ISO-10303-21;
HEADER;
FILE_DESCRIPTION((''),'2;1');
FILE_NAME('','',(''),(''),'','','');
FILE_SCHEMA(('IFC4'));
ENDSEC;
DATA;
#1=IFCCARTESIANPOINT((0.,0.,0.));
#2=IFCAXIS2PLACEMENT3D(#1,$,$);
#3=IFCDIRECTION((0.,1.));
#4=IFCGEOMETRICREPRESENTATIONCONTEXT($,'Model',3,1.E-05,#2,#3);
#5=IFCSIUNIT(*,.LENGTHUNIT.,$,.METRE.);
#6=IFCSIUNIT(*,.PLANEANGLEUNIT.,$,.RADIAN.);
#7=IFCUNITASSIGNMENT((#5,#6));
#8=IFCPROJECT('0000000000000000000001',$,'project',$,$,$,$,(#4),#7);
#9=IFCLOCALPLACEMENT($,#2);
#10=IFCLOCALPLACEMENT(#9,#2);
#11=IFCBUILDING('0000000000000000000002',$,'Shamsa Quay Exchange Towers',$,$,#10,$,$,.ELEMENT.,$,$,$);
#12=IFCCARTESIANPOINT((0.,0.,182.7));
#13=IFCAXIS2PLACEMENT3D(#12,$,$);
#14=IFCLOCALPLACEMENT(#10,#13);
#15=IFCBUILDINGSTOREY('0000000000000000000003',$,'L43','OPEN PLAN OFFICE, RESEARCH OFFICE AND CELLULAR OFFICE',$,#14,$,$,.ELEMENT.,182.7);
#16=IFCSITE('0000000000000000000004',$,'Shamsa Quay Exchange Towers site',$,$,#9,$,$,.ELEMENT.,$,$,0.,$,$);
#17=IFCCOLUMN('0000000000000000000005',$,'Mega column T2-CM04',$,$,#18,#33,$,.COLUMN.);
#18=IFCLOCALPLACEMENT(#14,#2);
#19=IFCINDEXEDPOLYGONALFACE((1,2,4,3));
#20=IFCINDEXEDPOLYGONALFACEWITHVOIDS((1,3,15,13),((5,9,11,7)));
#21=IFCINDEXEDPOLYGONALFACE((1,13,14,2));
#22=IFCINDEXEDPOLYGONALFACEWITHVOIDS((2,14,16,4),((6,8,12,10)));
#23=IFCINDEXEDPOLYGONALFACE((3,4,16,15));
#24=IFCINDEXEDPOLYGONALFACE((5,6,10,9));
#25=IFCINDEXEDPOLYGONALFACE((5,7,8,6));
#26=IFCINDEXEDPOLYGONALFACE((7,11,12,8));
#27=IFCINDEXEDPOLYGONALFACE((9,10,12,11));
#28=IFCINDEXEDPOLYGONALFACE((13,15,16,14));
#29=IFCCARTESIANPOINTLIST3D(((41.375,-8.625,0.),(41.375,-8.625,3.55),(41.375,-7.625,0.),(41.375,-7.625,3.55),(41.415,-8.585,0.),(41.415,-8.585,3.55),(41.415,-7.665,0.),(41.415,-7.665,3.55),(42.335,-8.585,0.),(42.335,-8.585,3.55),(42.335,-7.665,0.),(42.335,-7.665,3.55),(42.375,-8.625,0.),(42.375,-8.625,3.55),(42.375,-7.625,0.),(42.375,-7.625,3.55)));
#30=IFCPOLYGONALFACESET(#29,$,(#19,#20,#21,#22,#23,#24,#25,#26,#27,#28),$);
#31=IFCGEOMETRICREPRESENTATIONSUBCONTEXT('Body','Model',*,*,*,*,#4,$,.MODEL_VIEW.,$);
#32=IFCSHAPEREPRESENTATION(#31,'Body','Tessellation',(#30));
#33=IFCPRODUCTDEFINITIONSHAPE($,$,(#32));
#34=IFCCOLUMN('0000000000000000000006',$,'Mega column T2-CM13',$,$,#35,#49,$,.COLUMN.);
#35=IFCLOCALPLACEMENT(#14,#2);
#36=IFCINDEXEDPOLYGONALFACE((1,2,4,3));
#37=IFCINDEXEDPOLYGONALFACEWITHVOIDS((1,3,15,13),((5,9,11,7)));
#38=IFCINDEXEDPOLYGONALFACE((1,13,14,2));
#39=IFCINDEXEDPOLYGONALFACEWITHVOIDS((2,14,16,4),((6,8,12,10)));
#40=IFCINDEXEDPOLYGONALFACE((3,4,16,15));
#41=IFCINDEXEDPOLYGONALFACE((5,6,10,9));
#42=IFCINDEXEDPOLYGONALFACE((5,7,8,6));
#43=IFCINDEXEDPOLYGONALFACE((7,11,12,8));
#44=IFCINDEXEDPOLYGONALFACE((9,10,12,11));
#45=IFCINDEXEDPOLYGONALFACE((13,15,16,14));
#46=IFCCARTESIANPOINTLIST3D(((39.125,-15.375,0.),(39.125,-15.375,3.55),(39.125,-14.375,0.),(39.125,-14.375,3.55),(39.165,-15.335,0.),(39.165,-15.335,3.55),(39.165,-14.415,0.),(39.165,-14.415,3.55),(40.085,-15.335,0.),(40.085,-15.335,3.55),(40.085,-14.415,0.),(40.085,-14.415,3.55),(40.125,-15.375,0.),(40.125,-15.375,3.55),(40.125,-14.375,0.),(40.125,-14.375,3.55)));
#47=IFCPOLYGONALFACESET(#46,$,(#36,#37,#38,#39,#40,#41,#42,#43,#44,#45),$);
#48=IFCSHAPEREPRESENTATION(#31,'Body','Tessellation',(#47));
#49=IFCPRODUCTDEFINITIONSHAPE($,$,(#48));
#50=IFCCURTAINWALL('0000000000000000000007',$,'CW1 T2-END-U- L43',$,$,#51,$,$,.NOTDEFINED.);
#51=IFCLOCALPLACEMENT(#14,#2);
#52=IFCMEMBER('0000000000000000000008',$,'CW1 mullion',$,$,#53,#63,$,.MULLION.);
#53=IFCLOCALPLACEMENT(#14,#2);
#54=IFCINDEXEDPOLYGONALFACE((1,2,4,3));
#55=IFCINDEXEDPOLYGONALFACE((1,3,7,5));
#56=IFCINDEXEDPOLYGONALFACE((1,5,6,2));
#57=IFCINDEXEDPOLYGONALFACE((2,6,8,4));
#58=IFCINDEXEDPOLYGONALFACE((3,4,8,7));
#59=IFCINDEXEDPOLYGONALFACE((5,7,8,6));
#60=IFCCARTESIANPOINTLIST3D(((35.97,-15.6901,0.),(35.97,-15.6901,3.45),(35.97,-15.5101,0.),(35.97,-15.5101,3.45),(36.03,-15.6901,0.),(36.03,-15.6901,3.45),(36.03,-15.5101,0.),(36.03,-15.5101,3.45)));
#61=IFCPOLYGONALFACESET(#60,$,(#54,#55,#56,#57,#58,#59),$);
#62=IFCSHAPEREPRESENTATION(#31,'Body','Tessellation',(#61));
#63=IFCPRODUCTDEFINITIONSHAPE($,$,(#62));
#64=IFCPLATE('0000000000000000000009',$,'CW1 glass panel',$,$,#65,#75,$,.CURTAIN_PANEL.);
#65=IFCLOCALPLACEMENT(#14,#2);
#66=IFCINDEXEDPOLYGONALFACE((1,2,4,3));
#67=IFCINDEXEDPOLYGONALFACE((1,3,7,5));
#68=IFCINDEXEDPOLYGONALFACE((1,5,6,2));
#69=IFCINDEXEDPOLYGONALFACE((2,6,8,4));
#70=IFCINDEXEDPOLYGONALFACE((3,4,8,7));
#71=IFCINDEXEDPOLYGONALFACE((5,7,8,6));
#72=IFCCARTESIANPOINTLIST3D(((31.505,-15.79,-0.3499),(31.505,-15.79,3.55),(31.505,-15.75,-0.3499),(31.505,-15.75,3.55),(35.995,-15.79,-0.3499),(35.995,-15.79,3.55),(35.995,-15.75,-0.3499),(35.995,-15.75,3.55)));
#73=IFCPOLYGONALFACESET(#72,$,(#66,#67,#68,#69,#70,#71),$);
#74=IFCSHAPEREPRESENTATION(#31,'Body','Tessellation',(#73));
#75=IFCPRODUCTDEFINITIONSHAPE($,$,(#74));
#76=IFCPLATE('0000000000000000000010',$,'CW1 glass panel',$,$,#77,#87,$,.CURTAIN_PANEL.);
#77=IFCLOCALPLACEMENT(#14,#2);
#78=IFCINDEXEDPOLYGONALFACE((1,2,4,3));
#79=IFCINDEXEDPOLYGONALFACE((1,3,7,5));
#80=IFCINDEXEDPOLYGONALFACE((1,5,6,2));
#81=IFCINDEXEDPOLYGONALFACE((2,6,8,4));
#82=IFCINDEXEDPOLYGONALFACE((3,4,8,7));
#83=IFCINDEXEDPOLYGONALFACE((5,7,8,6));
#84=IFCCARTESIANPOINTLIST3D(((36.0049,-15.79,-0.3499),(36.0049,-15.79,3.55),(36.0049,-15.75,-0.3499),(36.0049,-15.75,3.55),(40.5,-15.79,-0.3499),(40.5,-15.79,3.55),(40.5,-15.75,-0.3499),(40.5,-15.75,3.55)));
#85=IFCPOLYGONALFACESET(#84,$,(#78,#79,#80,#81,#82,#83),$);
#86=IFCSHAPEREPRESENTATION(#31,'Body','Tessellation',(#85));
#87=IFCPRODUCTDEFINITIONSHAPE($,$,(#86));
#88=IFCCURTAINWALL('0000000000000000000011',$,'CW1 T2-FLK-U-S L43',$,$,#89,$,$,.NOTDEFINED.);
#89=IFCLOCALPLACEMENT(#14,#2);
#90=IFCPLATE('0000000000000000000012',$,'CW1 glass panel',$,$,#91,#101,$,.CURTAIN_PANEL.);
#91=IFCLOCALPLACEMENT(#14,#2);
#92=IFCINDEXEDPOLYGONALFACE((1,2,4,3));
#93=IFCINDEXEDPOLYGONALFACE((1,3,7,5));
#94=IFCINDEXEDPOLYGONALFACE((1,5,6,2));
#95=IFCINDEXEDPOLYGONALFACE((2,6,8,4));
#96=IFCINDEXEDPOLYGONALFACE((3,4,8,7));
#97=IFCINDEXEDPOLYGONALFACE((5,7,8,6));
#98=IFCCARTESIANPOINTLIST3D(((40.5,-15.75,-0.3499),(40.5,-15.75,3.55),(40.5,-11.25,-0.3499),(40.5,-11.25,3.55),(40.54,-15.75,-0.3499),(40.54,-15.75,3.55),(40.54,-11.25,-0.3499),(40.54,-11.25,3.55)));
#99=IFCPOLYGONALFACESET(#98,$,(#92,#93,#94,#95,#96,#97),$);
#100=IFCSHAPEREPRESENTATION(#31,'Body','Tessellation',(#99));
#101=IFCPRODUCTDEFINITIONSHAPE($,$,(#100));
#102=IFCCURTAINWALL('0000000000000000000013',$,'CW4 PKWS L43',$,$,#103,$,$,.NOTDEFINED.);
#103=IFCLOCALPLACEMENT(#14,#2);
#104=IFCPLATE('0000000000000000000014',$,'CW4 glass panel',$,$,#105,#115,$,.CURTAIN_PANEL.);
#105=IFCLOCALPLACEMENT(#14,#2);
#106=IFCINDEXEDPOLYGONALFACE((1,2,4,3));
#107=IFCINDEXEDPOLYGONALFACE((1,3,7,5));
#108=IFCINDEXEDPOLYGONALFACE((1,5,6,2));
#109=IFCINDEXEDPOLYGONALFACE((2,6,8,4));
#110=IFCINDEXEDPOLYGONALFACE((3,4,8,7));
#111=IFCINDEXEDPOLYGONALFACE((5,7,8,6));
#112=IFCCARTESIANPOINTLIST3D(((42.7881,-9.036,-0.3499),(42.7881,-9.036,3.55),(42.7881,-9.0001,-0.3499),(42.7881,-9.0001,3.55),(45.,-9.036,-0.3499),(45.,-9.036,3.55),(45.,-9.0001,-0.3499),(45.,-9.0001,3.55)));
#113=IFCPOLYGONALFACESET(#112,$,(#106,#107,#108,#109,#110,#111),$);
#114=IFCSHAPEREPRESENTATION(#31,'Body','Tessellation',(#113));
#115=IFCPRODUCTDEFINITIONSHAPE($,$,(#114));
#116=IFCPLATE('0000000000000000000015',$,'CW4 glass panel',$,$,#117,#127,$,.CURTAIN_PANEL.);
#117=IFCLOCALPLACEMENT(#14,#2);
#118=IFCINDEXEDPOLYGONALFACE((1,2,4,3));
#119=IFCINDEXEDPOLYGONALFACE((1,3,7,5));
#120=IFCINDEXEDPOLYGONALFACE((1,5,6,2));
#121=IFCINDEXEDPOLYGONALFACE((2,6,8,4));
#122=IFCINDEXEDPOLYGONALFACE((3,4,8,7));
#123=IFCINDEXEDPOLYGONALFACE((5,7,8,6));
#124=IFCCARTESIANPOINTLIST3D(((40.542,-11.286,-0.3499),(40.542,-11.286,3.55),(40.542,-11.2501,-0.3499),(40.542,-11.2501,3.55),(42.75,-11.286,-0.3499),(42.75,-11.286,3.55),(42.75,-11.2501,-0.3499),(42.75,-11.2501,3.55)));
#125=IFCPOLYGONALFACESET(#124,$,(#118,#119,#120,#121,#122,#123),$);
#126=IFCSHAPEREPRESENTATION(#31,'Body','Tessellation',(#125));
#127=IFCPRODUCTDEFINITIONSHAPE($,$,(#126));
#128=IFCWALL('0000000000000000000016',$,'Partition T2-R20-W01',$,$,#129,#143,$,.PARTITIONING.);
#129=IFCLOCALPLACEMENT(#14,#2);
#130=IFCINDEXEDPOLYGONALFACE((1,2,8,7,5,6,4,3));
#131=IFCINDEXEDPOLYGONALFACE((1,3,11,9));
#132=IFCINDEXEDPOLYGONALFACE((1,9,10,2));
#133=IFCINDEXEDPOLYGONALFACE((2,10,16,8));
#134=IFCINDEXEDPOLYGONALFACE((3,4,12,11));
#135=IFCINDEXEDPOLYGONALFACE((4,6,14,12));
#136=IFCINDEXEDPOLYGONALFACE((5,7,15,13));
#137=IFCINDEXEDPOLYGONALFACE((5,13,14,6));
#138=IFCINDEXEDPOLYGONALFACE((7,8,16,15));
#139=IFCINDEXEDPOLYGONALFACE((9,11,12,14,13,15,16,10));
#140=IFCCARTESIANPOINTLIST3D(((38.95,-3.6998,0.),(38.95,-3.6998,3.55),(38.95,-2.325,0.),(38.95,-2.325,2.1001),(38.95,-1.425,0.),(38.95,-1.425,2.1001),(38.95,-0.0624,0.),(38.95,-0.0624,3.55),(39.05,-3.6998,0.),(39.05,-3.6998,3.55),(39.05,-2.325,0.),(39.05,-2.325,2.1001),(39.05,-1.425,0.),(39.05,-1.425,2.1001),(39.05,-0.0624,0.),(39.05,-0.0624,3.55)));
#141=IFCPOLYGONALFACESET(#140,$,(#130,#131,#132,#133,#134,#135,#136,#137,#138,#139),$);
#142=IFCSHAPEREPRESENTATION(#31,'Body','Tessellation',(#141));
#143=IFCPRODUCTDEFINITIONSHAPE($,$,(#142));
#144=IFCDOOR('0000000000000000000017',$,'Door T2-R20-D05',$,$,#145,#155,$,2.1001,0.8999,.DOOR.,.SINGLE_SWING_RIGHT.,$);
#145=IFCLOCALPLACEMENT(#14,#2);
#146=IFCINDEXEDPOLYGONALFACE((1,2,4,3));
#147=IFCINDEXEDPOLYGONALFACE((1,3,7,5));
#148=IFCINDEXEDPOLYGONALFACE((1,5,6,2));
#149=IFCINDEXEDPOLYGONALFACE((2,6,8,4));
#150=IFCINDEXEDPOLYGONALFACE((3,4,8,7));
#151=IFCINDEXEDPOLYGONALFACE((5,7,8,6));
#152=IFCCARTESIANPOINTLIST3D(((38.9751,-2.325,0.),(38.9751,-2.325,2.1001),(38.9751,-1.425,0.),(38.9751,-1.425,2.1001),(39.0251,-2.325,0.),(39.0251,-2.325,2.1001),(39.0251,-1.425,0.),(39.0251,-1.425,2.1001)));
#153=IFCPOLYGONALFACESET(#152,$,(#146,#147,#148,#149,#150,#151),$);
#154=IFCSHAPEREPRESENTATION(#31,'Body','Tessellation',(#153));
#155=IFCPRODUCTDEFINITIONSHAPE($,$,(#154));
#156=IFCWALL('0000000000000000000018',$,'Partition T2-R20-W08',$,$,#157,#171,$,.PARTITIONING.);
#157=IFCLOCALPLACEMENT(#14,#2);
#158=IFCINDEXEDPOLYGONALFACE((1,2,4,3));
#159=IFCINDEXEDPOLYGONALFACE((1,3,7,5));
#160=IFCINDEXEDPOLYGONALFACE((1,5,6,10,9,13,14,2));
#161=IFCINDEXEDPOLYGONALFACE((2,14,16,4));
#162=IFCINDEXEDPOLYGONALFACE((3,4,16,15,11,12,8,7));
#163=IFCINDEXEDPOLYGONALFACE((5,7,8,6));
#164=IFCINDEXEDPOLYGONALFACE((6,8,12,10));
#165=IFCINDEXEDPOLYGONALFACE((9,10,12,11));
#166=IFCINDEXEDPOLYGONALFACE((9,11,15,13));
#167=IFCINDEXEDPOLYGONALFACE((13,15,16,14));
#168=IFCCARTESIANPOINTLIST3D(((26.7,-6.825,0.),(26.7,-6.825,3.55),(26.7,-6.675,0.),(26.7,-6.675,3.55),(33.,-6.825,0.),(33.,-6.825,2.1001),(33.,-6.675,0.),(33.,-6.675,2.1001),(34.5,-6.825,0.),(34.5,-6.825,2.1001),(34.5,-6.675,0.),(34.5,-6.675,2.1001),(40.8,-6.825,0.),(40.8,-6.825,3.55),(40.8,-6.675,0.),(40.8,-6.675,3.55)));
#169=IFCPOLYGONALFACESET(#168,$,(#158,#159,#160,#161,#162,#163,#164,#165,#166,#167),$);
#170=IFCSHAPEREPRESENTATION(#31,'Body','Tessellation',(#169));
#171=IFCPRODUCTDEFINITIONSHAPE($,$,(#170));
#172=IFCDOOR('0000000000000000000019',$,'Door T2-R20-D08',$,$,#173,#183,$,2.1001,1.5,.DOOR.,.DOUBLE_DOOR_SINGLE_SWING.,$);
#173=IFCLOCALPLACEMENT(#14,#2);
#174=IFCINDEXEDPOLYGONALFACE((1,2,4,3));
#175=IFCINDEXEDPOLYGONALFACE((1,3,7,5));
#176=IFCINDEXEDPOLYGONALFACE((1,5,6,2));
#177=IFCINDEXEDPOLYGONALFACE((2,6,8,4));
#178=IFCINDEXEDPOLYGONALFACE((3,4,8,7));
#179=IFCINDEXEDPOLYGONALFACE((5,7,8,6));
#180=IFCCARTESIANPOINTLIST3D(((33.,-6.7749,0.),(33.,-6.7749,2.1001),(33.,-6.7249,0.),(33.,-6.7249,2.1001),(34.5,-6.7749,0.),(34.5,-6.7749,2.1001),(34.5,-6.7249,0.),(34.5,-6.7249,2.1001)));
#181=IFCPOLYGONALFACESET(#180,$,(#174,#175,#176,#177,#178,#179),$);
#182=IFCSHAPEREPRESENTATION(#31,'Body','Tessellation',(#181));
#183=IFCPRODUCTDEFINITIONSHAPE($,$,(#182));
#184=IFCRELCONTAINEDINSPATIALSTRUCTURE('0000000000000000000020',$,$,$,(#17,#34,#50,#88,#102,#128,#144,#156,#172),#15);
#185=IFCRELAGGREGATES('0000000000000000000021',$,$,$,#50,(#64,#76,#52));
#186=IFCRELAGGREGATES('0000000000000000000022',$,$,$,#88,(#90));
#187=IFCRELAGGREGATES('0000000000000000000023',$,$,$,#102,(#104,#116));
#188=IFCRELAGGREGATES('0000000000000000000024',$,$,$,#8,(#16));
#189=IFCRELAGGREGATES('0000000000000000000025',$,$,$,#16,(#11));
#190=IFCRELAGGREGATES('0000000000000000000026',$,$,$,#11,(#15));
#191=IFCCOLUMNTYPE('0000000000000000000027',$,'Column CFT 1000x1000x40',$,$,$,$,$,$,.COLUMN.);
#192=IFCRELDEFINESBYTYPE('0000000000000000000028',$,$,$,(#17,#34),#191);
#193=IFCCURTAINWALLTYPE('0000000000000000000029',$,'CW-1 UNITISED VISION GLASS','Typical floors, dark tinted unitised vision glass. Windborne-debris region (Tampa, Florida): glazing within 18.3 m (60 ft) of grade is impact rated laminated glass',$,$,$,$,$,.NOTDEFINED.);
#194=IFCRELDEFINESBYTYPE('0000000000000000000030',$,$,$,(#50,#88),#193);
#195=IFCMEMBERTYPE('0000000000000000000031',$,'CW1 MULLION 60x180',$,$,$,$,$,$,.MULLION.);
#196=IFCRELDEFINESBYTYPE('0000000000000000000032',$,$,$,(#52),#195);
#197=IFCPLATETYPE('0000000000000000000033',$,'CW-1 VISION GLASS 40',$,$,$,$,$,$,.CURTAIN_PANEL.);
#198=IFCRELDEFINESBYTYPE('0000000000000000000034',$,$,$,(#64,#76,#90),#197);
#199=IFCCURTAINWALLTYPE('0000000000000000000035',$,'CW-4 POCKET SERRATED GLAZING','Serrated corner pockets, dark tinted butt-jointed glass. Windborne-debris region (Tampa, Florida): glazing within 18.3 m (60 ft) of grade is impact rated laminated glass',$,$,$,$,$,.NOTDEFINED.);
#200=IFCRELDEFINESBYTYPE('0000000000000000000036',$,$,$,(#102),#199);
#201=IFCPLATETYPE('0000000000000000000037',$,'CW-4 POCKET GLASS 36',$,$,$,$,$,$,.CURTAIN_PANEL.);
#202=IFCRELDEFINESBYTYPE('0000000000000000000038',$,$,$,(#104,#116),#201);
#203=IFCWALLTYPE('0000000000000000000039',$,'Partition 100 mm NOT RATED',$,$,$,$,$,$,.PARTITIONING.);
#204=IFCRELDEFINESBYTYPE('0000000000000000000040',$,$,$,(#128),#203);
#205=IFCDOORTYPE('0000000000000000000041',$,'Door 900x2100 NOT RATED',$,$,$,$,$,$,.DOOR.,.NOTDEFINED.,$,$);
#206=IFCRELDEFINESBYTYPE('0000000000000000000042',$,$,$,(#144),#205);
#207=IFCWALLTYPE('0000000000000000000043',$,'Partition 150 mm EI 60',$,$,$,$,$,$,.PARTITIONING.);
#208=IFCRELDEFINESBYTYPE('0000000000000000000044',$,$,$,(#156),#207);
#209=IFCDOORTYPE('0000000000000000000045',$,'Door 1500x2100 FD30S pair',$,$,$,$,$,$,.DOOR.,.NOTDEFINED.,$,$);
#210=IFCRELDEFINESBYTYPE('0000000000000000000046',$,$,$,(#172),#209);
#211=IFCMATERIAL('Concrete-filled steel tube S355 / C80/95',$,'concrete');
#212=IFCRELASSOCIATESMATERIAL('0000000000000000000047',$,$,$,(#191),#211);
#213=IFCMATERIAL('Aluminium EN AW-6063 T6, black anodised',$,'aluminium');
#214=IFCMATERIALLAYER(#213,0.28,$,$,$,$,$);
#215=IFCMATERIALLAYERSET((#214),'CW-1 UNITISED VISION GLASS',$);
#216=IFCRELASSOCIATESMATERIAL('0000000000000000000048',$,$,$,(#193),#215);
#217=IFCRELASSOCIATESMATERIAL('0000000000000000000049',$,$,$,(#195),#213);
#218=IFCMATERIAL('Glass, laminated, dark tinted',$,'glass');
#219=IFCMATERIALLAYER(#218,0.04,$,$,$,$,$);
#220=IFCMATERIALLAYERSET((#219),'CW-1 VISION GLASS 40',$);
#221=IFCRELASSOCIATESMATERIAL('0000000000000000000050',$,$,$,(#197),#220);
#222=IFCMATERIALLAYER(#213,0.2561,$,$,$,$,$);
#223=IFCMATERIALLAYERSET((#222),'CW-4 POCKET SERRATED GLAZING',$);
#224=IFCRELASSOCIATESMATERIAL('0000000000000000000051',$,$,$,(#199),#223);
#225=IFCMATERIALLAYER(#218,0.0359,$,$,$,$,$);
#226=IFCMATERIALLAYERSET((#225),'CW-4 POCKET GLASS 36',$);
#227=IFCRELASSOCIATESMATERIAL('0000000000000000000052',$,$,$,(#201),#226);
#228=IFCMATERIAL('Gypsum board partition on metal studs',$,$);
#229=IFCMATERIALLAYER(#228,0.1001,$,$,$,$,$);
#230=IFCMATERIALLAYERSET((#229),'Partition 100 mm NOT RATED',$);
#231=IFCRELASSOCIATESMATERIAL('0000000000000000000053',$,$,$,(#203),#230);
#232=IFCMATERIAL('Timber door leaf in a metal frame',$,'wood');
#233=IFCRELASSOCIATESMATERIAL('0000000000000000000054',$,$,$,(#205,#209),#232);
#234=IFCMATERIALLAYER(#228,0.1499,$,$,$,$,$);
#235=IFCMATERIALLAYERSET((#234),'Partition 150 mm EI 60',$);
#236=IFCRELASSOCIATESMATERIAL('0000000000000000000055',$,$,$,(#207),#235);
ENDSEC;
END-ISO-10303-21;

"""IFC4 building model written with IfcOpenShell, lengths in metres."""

from ifc_helpers import new_model, si_unit, direction, frame, frame_2d, origin, origin_2d, place, context, subcontext, project, spatial, rectangle, hollow_rectangle, extrude, material, layer, layer_set, material_profile, profile_set, type_object, element, fill, aggregate, save


model = new_model("IFC4")

# Units and contexts
model_context = context("Model", 3, precision=1e-05, world=origin(), true_north=direction((0.0, 1.0)))
body_context = subcontext(model_context, "Body", "Model", "MODEL_VIEW")
ifc_project = project(units=[si_unit("LENGTHUNIT", "METRE"), si_unit("PLANEANGLEUNIT", "RADIAN")], contexts=[model_context])

# Site, building, storey
site_placement = place(None, origin())
site = spatial("IfcSite", under=ifc_project, at=site_placement, Name="Shamsa Quay Exchange Towers site", CompositionType="ELEMENT", RefElevation=0.0)
building_placement = place(site_placement, origin())
building = spatial("IfcBuilding", under=site, at=building_placement, Name="Shamsa Quay Exchange Towers", CompositionType="ELEMENT")
storey_placement = place(building_placement, frame((0.0, 0.0, 182.7)))
storey = spatial("IfcBuildingStorey", under=building, at=storey_placement, Name="L43", Description="OPEN PLAN OFFICE, RESEARCH OFFICE AND CELLULAR OFFICE", CompositionType="ELEMENT", Elevation=182.7)

# Columns
ifc_material_1 = material(Name="Concrete-filled steel tube S355 / C80/95", Category="concrete")
ifc_material_profile_1 = material_profile(ifc_material_1, hollow_rectangle(XDim=1.0, YDim=1.0, WallThickness=0.04, at=origin_2d()), Name="CFT 1000x1000x40")
ifc_profile_set_1 = profile_set([ifc_material_profile_1], Name="Concrete-filled steel tube S355 / C80/95")
column_type = type_object("IfcColumnType", Name="Column CFT 1000x1000x40", PredefinedType="COLUMN", material=ifc_profile_set_1)
for number, where, name in (
    (1, (41.875, -8.125, 0.0), "Mega column T2-CM04"),
    (2, (39.625, -14.875, 0.0), "Mega column T2-CM13"),
):
    element("IfcColumn", number, at=place(storey_placement, frame(where)), inside=storey, type_object=column_type, Name=name, PredefinedType="COLUMN", context=body_context, shape_type="SweptSolid", body=[
        extrude(hollow_rectangle(XDim=1.0, YDim=1.0, WallThickness=0.04, at=origin_2d()), origin(), (0.0, 0.0, 1.0), 3.55),
    ])

# Curtain wall, member, plates
ifc_material_2 = material(Name="Aluminium EN AW-6063 T6, black anodised", Category="aluminium")
ifc_layer_1 = layer(ifc_material_2, 0.28)
ifc_layer_set_1 = layer_set([ifc_layer_1], Name="CW-1 UNITISED VISION GLASS")
curtain_wall_type_1 = type_object("IfcCurtainWallType", Name="CW-1 UNITISED VISION GLASS", Description="Typical floors, dark tinted unitised vision glass. Windborne-debris region (Tampa, Florida): glazing within 18.3 m (60 ft) of grade is impact rated laminated glass", PredefinedType="NOTDEFINED", material=ifc_layer_set_1)
curtain_wall_1_placement = place(storey_placement, origin())
curtain_wall_1 = element("IfcCurtainWall", 3, at=curtain_wall_1_placement, inside=storey, type_object=curtain_wall_type_1, Name="CW1 T2-END-U- L43", PredefinedType="NOTDEFINED")
ifc_material_profile_2 = material_profile(ifc_material_2, rectangle(XDim=0.1799, YDim=0.0601, at=origin_2d()), Name="MU60x180")
ifc_profile_set_2 = profile_set([ifc_material_profile_2], Name="Aluminium EN AW-6063 T6, black anodised")
member_type = type_object("IfcMemberType", Name="CW1 MULLION 60x180", PredefinedType="MULLION", material=ifc_profile_set_2)
member_placement = place(storey_placement, frame((36.0, -15.6001, 0.0), z_axis=(0.0, 0.0, 1.0), x_axis=(0.0, 1.0, 0.0)))
member = element("IfcMember", 4, at=member_placement, type_object=member_type, Name="CW1 mullion", PredefinedType="MULLION", context=body_context, shape_type="SweptSolid", body=[
    extrude(rectangle(XDim=0.1799, YDim=0.0601, at=origin_2d()), origin(), (0.0, 0.0, 1.0), 3.45),
])
ifc_material_3 = material(Name="Glass, laminated, dark tinted", Category="glass")
ifc_layer_2 = layer(ifc_material_3, 0.04)
ifc_layer_set_2 = layer_set([ifc_layer_2], Name="CW-1 VISION GLASS 40")
plate_type_1 = type_object("IfcPlateType", Name="CW-1 VISION GLASS 40", PredefinedType="CURTAIN_PANEL", material=ifc_layer_set_2)
plate_1_placement = place(storey_placement, frame((33.75, -15.77, -0.3499)))
plate_1 = element("IfcPlate", 5, at=plate_1_placement, type_object=plate_type_1, Name="CW1 glass panel", PredefinedType="CURTAIN_PANEL", context=body_context, shape_type="SweptSolid", body=[
    extrude(rectangle(XDim=4.49, YDim=0.04, at=origin_2d()), origin(), (0.0, 0.0, 1.0), 3.8999),
])
plate_2_placement = place(storey_placement, frame((38.2524, -15.77, -0.3499)))
plate_2 = element("IfcPlate", 6, at=plate_2_placement, type_object=plate_type_1, Name="CW1 glass panel", PredefinedType="CURTAIN_PANEL", context=body_context, shape_type="SweptSolid", body=[
    extrude(rectangle(XDim=4.4951, YDim=0.04, at=origin_2d()), origin(), (0.0, 0.0, 1.0), 3.8999),
])
aggregate(curtain_wall_1, [plate_1, plate_2, member])

# Curtain wall, plate
curtain_wall_2_placement = place(storey_placement, origin())
curtain_wall_2 = element("IfcCurtainWall", 7, at=curtain_wall_2_placement, inside=storey, type_object=curtain_wall_type_1, Name="CW1 T2-FLK-U-S L43", PredefinedType="NOTDEFINED")
plate_3_placement = place(storey_placement, frame((40.52, -13.5, -0.3499), z_axis=(0.0, 0.0, 1.0), x_axis=(0.0, 1.0, 0.0)))
plate_3 = element("IfcPlate", 8, at=plate_3_placement, type_object=plate_type_1, Name="CW1 glass panel", PredefinedType="CURTAIN_PANEL", context=body_context, shape_type="SweptSolid", body=[
    extrude(rectangle(XDim=4.5, YDim=0.04, at=origin_2d()), origin(), (0.0, 0.0, 1.0), 3.8999),
])
aggregate(curtain_wall_2, [plate_3])

# Curtain wall, plates
ifc_layer_3 = layer(ifc_material_2, 0.2561)
ifc_layer_set_3 = layer_set([ifc_layer_3], Name="CW-4 POCKET SERRATED GLAZING")
curtain_wall_type_2 = type_object("IfcCurtainWallType", Name="CW-4 POCKET SERRATED GLAZING", Description="Serrated corner pockets, dark tinted butt-jointed glass. Windborne-debris region (Tampa, Florida): glazing within 18.3 m (60 ft) of grade is impact rated laminated glass", PredefinedType="NOTDEFINED", material=ifc_layer_set_3)
curtain_wall_3_placement = place(storey_placement, origin())
curtain_wall_3 = element("IfcCurtainWall", 9, at=curtain_wall_3_placement, inside=storey, type_object=curtain_wall_type_2, Name="CW4 PKWS L43", PredefinedType="NOTDEFINED")
ifc_layer_4 = layer(ifc_material_3, 0.0359)
ifc_layer_set_4 = layer_set([ifc_layer_4], Name="CW-4 POCKET GLASS 36")
plate_type_2 = type_object("IfcPlateType", Name="CW-4 POCKET GLASS 36", PredefinedType="CURTAIN_PANEL", material=ifc_layer_set_4)
plate_4_placement = place(storey_placement, frame((43.894, -9.0181, -0.3499)))
plate_4 = element("IfcPlate", 10, at=plate_4_placement, type_object=plate_type_2, Name="CW4 glass panel", PredefinedType="CURTAIN_PANEL", context=body_context, shape_type="SweptSolid", body=[
    extrude(rectangle(XDim=2.2119, YDim=0.0359, at=origin_2d()), origin(), (0.0, 0.0, 1.0), 3.8999),
])
plate_5_placement = place(storey_placement, frame((41.646, -11.2681, -0.3499)))
plate_5 = element("IfcPlate", 11, at=plate_5_placement, type_object=plate_type_2, Name="CW4 glass panel", PredefinedType="CURTAIN_PANEL", context=body_context, shape_type="SweptSolid", body=[
    extrude(rectangle(XDim=2.208, YDim=0.0359, at=origin_2d()), origin(), (0.0, 0.0, 1.0), 3.8999),
])
aggregate(curtain_wall_3, [plate_4, plate_5])

# Walls, openings, doors
ifc_material_4 = material(Name="Gypsum board partition on metal studs")
ifc_layer_5 = layer(ifc_material_4, 0.1001)
ifc_layer_set_5 = layer_set([ifc_layer_5], Name="Partition 100 mm NOT RATED")
wall_type_1 = type_object("IfcWallType", Name="Partition 100 mm NOT RATED", PredefinedType="PARTITIONING", material=ifc_layer_set_5)
wall_1_placement = place(storey_placement, frame((39.0, -3.7, 0.0), z_axis=(0.0, 0.0, 1.0), x_axis=(0.0, 1.0, 0.0)))
wall_1 = element("IfcWall", 12, at=wall_1_placement, inside=storey, type_object=wall_type_1, Name="Partition T2-R20-W01", PredefinedType="PARTITIONING", context=body_context, shape_type="SweptSolid", body=[
    extrude(rectangle(XDim=3.6375, YDim=0.1001, at=frame_2d((1.8188, 0.0))), origin(), (0.0, 0.0, 1.0), 3.55),
])
opening_1_placement = place(wall_1_placement, frame((1.375, 0.0, 0.0)))
opening_1 = element("IfcOpeningElement", 13, at=opening_1_placement, cuts=wall_1, PredefinedType="OPENING", context=body_context, shape_type="SweptSolid", body=[
    extrude(rectangle(XDim=0.8999, YDim=2.1001, at=frame_2d((0.45, 1.05))), frame((0.0, 0.0601, 0.0), z_axis=(0.0, -1.0, 0.0), x_axis=(1.0, 0.0, 0.0)), (0.0, 0.0, 1.0), 0.1201),
])
ifc_material_5 = material(Name="Timber door leaf in a metal frame", Category="wood")
door_type_1 = type_object("IfcDoorType", Name="Door 900x2100 NOT RATED", OperationType="NOTDEFINED", PredefinedType="DOOR", material=ifc_material_5)
door_1_placement = place(opening_1_placement, origin())
door_1 = element("IfcDoor", 14, at=door_1_placement, inside=storey, type_object=door_type_1, Name="Door T2-R20-D05", OperationType="SINGLE_SWING_RIGHT", OverallHeight=2.1001, OverallWidth=0.8999, PredefinedType="DOOR", context=body_context, shape_type="SweptSolid", body=[
    extrude(rectangle(XDim=0.8999, YDim=2.1001, at=frame_2d((0.45, 1.05))), frame((0.0, 0.0249, 0.0), z_axis=(0.0, -1.0, 0.0), x_axis=(1.0, 0.0, 0.0)), (0.0, 0.0, 1.0), 0.05),
])
fill(opening_1, door_1)
ifc_layer_6 = layer(ifc_material_4, 0.1499)
ifc_layer_set_6 = layer_set([ifc_layer_6], Name="Partition 150 mm EI 60")
wall_type_2 = type_object("IfcWallType", Name="Partition 150 mm EI 60", PredefinedType="PARTITIONING", material=ifc_layer_set_6)
wall_2_placement = place(storey_placement, frame((40.8, -6.75, 0.0), z_axis=(0.0, 0.0, 1.0), x_axis=(-1.0, 0.0, 0.0)))
wall_2 = element("IfcWall", 15, at=wall_2_placement, inside=storey, type_object=wall_type_2, Name="Partition T2-R20-W08", PredefinedType="PARTITIONING", context=body_context, shape_type="SweptSolid", body=[
    extrude(rectangle(XDim=14.1001, YDim=0.1499, at=frame_2d((7.05, 0.0))), origin(), (0.0, 0.0, 1.0), 3.55),
])
opening_2_placement = place(wall_2_placement, frame((6.3, 0.0, 0.0)))
opening_2 = element("IfcOpeningElement", 16, at=opening_2_placement, cuts=wall_2, PredefinedType="OPENING", context=body_context, shape_type="SweptSolid", body=[
    extrude(rectangle(XDim=1.5, YDim=2.1001, at=frame_2d((0.75, 1.05))), frame((0.0, 0.085, 0.0), z_axis=(0.0, -1.0, 0.0), x_axis=(1.0, 0.0, 0.0)), (0.0, 0.0, 1.0), 0.1699),
])
door_type_2 = type_object("IfcDoorType", Name="Door 1500x2100 FD30S pair", OperationType="NOTDEFINED", PredefinedType="DOOR", material=ifc_material_5)
door_2_placement = place(opening_2_placement, origin())
door_2 = element("IfcDoor", 17, at=door_2_placement, inside=storey, type_object=door_type_2, Name="Door T2-R20-D08", OperationType="DOUBLE_DOOR_SINGLE_SWING", OverallHeight=2.1001, OverallWidth=1.5, PredefinedType="DOOR", context=body_context, shape_type="SweptSolid", body=[
    extrude(rectangle(XDim=1.5, YDim=2.1001, at=frame_2d((0.75, 1.05))), frame((0.0, 0.0249, 0.0), z_axis=(0.0, -1.0, 0.0), x_axis=(1.0, 0.0, 0.0)), (0.0, 0.0, 1.0), 0.05),
])
fill(opening_2, door_2)

save(model, "model.ifc")
